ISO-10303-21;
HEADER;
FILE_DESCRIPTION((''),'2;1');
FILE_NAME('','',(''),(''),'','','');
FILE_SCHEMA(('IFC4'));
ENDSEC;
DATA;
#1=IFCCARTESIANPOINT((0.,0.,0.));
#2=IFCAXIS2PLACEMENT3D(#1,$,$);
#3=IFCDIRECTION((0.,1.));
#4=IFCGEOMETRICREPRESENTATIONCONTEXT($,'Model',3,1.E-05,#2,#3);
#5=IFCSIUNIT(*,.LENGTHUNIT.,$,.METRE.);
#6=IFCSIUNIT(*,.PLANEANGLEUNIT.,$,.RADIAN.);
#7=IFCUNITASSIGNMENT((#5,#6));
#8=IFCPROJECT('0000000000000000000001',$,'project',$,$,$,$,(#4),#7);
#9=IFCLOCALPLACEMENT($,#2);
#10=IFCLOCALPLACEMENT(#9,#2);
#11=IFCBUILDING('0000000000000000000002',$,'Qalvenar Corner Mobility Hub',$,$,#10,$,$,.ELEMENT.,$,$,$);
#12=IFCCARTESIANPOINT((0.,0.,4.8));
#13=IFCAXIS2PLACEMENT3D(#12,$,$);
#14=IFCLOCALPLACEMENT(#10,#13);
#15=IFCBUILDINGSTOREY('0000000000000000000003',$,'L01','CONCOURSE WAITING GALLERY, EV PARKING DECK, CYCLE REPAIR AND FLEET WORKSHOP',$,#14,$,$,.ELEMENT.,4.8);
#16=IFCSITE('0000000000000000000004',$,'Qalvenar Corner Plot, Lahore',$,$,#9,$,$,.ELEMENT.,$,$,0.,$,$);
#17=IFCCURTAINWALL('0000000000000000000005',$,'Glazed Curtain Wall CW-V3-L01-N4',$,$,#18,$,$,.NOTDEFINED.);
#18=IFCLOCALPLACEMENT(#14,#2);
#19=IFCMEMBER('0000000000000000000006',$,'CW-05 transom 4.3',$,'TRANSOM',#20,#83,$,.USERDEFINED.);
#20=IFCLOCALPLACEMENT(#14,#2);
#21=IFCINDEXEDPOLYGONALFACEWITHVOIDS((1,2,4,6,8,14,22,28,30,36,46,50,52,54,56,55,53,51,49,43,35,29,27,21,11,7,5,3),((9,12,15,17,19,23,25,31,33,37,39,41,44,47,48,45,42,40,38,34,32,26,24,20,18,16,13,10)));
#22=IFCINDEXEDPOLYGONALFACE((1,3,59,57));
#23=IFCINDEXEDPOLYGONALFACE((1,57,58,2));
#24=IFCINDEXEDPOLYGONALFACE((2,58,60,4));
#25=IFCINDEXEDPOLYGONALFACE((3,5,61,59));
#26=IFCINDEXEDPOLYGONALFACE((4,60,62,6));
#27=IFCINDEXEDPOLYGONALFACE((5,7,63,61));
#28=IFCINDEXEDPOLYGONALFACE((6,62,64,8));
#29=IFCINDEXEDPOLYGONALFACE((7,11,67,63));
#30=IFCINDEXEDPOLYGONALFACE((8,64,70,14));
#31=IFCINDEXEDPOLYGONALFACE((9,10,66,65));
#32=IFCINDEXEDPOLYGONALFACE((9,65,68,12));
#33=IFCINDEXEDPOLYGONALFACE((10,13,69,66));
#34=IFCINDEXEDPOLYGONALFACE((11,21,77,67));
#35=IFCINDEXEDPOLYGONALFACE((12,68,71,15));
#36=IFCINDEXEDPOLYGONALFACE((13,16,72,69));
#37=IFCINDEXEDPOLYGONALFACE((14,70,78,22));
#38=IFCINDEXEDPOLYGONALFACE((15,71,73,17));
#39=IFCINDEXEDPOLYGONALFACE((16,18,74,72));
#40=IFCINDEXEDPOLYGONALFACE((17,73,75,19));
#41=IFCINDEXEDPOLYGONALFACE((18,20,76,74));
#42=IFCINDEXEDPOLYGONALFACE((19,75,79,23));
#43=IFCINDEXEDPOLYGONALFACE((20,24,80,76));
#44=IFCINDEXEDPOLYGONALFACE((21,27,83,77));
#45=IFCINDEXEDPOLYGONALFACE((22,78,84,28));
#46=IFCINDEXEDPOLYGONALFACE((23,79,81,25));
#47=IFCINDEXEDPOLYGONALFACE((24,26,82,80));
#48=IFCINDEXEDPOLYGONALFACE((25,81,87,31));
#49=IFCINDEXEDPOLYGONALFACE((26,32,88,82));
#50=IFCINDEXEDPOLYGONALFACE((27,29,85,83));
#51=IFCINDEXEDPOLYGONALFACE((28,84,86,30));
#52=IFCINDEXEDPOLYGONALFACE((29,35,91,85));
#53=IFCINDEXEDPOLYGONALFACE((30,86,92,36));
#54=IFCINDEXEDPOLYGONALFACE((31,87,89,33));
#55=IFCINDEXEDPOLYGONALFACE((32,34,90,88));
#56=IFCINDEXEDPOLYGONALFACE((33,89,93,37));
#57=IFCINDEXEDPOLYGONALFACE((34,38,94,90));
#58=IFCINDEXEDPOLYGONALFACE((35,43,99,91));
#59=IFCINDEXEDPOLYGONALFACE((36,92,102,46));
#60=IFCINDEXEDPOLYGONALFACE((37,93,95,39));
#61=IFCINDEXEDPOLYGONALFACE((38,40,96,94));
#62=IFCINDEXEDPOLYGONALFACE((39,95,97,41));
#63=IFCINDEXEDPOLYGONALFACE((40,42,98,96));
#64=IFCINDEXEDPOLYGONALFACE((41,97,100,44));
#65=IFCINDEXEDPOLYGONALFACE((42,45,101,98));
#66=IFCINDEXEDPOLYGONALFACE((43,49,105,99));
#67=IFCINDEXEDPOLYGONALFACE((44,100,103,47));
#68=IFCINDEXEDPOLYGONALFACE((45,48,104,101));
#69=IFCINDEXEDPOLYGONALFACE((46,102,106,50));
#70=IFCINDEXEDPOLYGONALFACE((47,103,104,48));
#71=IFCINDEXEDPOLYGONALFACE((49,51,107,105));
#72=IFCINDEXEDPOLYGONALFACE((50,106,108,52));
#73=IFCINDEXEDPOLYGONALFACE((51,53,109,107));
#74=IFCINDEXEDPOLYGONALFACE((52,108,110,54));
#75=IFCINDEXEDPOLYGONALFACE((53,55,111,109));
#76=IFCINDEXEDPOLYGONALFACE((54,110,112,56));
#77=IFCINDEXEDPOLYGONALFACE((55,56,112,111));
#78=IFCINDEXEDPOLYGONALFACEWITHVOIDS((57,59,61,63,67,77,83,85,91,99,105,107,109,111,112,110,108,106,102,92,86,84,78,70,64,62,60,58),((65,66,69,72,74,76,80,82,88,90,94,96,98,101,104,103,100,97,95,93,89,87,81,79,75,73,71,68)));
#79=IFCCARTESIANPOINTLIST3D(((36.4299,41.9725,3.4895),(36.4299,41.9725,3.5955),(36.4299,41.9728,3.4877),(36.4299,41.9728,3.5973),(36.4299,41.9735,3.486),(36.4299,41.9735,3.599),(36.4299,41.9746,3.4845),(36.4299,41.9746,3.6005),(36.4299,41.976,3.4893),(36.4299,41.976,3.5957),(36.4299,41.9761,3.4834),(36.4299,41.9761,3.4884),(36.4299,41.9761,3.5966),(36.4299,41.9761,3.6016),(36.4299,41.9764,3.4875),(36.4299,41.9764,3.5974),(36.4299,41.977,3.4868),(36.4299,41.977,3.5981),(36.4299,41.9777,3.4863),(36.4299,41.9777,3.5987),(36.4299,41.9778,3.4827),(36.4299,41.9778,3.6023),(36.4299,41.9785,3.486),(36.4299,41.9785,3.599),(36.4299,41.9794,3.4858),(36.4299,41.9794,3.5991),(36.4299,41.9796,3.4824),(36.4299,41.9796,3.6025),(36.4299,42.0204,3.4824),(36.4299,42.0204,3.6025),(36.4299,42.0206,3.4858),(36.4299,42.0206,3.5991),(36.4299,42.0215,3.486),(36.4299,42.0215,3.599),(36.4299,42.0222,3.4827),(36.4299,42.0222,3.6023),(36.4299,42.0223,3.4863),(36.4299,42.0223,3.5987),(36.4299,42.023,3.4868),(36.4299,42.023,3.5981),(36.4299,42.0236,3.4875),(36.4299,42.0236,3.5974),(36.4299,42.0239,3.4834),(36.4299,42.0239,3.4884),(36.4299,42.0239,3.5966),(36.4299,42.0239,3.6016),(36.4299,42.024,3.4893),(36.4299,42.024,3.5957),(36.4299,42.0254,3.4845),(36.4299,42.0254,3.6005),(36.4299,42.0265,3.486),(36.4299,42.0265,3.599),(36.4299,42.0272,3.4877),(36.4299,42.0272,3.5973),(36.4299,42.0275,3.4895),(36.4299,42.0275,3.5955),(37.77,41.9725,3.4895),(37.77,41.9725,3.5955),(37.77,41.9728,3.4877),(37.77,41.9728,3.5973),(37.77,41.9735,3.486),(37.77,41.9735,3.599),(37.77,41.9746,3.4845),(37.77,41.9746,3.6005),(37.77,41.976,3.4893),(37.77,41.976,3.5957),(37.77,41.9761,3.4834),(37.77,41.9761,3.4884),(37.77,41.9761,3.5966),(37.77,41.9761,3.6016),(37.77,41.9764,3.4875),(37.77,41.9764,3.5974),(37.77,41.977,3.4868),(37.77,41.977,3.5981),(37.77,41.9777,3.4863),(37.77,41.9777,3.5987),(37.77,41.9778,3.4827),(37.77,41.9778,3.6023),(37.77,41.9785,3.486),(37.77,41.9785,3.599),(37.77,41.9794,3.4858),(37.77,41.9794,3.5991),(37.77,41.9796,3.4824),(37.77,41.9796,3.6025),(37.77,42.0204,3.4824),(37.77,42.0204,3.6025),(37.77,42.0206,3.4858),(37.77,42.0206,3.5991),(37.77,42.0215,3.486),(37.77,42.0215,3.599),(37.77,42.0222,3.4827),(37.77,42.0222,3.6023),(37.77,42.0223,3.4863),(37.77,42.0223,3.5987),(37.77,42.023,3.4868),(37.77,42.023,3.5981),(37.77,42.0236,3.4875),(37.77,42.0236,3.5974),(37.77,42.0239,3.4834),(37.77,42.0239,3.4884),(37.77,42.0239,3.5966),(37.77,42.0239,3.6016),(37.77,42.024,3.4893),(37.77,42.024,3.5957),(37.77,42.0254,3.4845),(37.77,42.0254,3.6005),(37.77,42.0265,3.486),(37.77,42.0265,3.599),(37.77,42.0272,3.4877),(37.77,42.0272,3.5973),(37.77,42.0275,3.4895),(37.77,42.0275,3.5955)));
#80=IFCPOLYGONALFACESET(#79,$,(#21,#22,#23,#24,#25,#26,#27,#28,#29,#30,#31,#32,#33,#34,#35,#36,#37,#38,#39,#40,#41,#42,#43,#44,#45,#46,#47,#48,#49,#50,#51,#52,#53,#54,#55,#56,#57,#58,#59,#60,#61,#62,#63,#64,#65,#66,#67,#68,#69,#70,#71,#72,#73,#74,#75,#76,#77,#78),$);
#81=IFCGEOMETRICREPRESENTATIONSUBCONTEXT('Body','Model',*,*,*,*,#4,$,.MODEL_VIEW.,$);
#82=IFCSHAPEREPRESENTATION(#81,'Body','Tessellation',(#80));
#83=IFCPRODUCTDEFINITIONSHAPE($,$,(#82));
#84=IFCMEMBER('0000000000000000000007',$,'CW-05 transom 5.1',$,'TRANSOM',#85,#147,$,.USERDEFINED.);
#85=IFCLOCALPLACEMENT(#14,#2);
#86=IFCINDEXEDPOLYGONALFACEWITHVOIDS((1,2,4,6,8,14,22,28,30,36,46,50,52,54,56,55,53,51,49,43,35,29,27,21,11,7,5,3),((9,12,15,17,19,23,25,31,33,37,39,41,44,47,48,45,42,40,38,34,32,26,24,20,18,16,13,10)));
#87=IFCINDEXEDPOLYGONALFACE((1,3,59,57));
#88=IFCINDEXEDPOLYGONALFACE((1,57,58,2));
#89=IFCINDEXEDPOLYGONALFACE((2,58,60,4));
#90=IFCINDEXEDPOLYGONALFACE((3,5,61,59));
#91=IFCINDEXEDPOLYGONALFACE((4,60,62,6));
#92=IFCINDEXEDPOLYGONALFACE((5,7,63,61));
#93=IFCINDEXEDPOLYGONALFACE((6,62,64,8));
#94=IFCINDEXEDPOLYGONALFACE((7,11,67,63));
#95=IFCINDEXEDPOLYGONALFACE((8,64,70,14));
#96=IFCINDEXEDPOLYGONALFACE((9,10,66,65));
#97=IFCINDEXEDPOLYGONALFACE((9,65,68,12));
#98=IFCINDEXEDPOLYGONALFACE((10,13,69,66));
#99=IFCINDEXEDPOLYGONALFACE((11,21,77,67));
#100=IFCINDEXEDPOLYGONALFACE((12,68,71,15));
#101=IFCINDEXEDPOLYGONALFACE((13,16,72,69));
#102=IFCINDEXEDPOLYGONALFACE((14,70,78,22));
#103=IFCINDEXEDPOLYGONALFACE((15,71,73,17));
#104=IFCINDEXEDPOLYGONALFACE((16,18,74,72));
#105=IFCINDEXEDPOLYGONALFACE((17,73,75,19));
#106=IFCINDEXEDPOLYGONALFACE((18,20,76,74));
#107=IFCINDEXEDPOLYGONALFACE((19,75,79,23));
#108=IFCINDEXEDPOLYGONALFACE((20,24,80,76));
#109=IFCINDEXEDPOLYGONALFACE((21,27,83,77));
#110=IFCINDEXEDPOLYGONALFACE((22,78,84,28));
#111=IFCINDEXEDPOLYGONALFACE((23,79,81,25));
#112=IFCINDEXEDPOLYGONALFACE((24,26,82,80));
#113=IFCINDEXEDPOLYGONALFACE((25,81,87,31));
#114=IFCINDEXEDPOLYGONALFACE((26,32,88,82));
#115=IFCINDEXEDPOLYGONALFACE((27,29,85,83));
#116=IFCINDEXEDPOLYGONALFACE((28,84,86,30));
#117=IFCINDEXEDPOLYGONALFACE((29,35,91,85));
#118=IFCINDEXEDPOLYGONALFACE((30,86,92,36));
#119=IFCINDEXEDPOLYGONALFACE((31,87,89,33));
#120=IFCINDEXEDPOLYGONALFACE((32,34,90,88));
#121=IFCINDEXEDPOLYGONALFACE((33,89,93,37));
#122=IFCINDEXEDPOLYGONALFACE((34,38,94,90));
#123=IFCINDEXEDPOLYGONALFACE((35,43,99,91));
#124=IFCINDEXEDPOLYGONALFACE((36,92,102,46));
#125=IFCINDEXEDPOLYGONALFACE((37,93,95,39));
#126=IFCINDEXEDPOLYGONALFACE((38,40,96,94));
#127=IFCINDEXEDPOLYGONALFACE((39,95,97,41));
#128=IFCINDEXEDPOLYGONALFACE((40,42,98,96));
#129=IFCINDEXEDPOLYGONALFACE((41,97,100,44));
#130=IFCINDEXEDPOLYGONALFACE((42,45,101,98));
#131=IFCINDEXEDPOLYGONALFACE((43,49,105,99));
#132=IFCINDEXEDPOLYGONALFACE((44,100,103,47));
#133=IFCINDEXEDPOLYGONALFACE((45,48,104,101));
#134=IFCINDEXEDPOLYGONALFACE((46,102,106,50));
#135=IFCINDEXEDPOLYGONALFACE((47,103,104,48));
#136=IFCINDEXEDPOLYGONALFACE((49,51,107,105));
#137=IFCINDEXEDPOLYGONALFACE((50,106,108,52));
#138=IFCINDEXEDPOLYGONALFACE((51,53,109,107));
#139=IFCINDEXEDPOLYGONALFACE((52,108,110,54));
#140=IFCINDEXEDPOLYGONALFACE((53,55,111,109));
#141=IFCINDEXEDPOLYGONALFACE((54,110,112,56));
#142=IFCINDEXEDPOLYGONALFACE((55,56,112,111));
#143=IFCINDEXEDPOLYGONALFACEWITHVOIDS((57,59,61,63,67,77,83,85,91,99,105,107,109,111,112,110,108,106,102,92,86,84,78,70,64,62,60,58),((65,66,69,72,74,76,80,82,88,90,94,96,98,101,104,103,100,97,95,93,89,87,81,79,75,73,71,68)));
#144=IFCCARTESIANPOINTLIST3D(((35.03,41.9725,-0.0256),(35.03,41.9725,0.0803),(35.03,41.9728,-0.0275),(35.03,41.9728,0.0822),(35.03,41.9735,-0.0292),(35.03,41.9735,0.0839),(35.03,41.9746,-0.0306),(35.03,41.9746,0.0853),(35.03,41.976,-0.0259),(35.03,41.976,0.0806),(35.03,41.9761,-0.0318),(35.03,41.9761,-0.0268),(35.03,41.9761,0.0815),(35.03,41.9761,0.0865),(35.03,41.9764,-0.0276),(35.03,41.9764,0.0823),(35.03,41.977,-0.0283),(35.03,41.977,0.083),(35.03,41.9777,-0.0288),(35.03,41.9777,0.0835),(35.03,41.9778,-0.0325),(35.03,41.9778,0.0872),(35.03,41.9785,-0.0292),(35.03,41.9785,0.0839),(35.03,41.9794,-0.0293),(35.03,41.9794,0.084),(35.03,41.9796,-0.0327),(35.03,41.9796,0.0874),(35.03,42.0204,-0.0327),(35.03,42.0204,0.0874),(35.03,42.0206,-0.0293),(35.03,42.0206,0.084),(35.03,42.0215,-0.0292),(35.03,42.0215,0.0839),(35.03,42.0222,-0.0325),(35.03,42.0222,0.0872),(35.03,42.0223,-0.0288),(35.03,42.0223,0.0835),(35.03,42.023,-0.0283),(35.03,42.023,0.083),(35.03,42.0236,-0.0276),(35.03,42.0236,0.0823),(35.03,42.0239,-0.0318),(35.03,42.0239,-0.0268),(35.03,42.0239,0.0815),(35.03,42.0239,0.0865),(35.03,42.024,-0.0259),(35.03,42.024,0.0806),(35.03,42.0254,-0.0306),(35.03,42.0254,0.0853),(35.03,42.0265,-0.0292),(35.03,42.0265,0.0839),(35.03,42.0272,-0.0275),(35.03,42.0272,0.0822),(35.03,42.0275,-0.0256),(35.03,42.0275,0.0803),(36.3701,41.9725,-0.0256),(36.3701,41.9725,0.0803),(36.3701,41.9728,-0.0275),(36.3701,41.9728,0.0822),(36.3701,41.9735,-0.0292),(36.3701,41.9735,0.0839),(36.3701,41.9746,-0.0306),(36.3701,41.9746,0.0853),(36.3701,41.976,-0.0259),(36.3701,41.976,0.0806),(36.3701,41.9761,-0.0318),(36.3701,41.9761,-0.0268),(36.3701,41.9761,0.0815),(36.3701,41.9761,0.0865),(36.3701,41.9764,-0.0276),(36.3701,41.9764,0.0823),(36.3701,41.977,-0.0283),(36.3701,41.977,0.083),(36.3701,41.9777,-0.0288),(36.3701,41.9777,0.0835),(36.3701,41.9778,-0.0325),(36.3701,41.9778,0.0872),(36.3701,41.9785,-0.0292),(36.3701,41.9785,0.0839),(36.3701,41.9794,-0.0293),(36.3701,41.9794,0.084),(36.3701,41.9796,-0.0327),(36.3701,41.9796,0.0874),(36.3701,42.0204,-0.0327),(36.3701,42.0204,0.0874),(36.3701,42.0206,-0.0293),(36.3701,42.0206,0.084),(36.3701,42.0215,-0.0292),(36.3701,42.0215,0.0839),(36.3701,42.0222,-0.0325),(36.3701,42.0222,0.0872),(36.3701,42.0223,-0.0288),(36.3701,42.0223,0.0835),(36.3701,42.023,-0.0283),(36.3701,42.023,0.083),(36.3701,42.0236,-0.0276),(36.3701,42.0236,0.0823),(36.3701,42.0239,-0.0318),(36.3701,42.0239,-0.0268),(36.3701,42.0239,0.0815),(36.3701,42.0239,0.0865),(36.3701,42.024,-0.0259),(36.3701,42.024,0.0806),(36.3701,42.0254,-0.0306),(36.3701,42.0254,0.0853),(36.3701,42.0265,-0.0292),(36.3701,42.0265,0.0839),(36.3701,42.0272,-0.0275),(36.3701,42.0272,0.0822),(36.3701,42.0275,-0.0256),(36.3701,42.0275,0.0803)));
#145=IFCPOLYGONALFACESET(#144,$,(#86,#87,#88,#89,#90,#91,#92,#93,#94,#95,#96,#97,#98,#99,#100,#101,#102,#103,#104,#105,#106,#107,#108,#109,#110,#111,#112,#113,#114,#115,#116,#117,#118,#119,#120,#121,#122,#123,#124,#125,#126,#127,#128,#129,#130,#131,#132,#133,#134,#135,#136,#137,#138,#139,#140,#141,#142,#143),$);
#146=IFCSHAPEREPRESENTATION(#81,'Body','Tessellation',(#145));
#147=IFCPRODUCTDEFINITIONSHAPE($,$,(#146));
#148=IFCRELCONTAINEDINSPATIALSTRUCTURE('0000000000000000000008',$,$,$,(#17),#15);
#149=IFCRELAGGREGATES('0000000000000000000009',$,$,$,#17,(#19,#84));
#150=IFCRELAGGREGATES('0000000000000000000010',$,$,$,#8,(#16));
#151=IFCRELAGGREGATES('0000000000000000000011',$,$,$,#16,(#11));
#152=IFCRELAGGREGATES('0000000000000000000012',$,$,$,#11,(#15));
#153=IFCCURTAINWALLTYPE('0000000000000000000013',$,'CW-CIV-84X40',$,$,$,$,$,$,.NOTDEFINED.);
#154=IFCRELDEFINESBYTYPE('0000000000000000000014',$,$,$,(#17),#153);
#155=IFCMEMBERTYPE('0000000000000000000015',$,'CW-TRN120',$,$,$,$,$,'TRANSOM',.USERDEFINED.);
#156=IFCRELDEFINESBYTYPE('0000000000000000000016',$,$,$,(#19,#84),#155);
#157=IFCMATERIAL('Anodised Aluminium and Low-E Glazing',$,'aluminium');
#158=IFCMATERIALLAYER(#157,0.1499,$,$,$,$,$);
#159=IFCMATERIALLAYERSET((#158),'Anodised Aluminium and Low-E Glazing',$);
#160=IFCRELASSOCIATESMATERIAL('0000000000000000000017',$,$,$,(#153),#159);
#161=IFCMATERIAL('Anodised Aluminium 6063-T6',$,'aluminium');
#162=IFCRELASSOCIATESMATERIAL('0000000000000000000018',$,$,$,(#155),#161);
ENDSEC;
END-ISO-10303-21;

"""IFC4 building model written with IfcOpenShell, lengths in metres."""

from ifc_helpers import new_model, si_unit, direction, frame, origin, origin_2d, place, context, subcontext, project, spatial, hollow_rectangle, extrude, material, layer, layer_set, material_profile, profile_set, type_object, element, aggregate, save


model = new_model("IFC4")

# Units and contexts
model_context = context("Model", 3, precision=1e-05, world=origin(), true_north=direction((0.0, 1.0)))
body_context = subcontext(model_context, "Body", "Model", "MODEL_VIEW")
ifc_project = project(units=[si_unit("LENGTHUNIT", "METRE"), si_unit("PLANEANGLEUNIT", "RADIAN")], contexts=[model_context])

# Site, building, storey
site_placement = place(None, origin())
site = spatial("IfcSite", under=ifc_project, at=site_placement, Name="Qalvenar Corner Plot, Lahore", CompositionType="ELEMENT", RefElevation=0.0)
building_placement = place(site_placement, origin())
building = spatial("IfcBuilding", under=site, at=building_placement, Name="Qalvenar Corner Mobility Hub", CompositionType="ELEMENT")
storey_placement = place(building_placement, frame((0.0, 0.0, 4.8)))
storey = spatial("IfcBuildingStorey", under=building, at=storey_placement, Name="L01", Description="CONCOURSE WAITING GALLERY, EV PARKING DECK, CYCLE REPAIR AND FLEET WORKSHOP", CompositionType="ELEMENT", Elevation=4.8)

# Curtain wall, members
ifc_material_1 = material(Name="Anodised Aluminium and Low-E Glazing", Category="aluminium")
ifc_layer_1 = layer(ifc_material_1, 0.1499)
ifc_layer_set_1 = layer_set([ifc_layer_1], Name="Anodised Aluminium and Low-E Glazing")
curtain_wall_type = type_object("IfcCurtainWallType", Name="CW-CIV-84X40", PredefinedType="NOTDEFINED", material=ifc_layer_set_1)
curtain_wall_placement = place(storey_placement, origin())
curtain_wall = element("IfcCurtainWall", 1, at=curtain_wall_placement, inside=storey, type_object=curtain_wall_type, Name="Glazed Curtain Wall CW-V3-L01-N4", PredefinedType="NOTDEFINED")
ifc_material_2 = material(Name="Anodised Aluminium 6063-T6", Category="aluminium")
ifc_material_profile_1 = material_profile(ifc_material_2, hollow_rectangle(XDim=0.0549, YDim=0.1201, WallThickness=0.0034, InnerFilletRadius=0.0034, OuterFilletRadius=0.0071, at=origin_2d()), Name="RHS120x55x3.5")
ifc_profile_set_1 = profile_set([ifc_material_profile_1], Name="Anodised Aluminium 6063-T6")
member_type_1 = type_object("IfcMemberType", Name="CW-TRN120", ElementType="TRANSOM", PredefinedType="USERDEFINED", material=ifc_profile_set_1)
member_1_placement = place(storey_placement, frame((37.77, 42.0, 3.5425), z_axis=(-1.0, 0.0, 0.0), x_axis=(0.0, -1.0, 0.0)))
member_1 = element("IfcMember", 2, at=member_1_placement, type_object=member_type_1, Name="CW-05 transom 4.3", ObjectType="TRANSOM", PredefinedType="USERDEFINED", context=body_context, shape_type="SweptSolid", body=[
    extrude(hollow_rectangle(XDim=0.0549, YDim=0.1201, WallThickness=0.0034, InnerFilletRadius=0.0034, OuterFilletRadius=0.0071, at=origin_2d()), origin(), (0.0, 0.0, 1.0), 1.3401),
])
member_2_placement = place(storey_placement, frame((36.3701, 42.0, 0.0273), z_axis=(-1.0, 0.0, 0.0), x_axis=(0.0, -1.0, 0.0)))
member_2 = element("IfcMember", 3, at=member_2_placement, type_object=member_type_1, Name="CW-05 transom 5.1", ObjectType="TRANSOM", PredefinedType="USERDEFINED", context=body_context, shape_type="SweptSolid", body=[
    extrude(hollow_rectangle(XDim=0.0549, YDim=0.1201, WallThickness=0.0034, InnerFilletRadius=0.0034, OuterFilletRadius=0.0071, at=origin_2d()), origin(), (0.0, 0.0, 1.0), 1.3401),
])
aggregate(curtain_wall, [member_1, member_2])

save(model, "model.ifc")
